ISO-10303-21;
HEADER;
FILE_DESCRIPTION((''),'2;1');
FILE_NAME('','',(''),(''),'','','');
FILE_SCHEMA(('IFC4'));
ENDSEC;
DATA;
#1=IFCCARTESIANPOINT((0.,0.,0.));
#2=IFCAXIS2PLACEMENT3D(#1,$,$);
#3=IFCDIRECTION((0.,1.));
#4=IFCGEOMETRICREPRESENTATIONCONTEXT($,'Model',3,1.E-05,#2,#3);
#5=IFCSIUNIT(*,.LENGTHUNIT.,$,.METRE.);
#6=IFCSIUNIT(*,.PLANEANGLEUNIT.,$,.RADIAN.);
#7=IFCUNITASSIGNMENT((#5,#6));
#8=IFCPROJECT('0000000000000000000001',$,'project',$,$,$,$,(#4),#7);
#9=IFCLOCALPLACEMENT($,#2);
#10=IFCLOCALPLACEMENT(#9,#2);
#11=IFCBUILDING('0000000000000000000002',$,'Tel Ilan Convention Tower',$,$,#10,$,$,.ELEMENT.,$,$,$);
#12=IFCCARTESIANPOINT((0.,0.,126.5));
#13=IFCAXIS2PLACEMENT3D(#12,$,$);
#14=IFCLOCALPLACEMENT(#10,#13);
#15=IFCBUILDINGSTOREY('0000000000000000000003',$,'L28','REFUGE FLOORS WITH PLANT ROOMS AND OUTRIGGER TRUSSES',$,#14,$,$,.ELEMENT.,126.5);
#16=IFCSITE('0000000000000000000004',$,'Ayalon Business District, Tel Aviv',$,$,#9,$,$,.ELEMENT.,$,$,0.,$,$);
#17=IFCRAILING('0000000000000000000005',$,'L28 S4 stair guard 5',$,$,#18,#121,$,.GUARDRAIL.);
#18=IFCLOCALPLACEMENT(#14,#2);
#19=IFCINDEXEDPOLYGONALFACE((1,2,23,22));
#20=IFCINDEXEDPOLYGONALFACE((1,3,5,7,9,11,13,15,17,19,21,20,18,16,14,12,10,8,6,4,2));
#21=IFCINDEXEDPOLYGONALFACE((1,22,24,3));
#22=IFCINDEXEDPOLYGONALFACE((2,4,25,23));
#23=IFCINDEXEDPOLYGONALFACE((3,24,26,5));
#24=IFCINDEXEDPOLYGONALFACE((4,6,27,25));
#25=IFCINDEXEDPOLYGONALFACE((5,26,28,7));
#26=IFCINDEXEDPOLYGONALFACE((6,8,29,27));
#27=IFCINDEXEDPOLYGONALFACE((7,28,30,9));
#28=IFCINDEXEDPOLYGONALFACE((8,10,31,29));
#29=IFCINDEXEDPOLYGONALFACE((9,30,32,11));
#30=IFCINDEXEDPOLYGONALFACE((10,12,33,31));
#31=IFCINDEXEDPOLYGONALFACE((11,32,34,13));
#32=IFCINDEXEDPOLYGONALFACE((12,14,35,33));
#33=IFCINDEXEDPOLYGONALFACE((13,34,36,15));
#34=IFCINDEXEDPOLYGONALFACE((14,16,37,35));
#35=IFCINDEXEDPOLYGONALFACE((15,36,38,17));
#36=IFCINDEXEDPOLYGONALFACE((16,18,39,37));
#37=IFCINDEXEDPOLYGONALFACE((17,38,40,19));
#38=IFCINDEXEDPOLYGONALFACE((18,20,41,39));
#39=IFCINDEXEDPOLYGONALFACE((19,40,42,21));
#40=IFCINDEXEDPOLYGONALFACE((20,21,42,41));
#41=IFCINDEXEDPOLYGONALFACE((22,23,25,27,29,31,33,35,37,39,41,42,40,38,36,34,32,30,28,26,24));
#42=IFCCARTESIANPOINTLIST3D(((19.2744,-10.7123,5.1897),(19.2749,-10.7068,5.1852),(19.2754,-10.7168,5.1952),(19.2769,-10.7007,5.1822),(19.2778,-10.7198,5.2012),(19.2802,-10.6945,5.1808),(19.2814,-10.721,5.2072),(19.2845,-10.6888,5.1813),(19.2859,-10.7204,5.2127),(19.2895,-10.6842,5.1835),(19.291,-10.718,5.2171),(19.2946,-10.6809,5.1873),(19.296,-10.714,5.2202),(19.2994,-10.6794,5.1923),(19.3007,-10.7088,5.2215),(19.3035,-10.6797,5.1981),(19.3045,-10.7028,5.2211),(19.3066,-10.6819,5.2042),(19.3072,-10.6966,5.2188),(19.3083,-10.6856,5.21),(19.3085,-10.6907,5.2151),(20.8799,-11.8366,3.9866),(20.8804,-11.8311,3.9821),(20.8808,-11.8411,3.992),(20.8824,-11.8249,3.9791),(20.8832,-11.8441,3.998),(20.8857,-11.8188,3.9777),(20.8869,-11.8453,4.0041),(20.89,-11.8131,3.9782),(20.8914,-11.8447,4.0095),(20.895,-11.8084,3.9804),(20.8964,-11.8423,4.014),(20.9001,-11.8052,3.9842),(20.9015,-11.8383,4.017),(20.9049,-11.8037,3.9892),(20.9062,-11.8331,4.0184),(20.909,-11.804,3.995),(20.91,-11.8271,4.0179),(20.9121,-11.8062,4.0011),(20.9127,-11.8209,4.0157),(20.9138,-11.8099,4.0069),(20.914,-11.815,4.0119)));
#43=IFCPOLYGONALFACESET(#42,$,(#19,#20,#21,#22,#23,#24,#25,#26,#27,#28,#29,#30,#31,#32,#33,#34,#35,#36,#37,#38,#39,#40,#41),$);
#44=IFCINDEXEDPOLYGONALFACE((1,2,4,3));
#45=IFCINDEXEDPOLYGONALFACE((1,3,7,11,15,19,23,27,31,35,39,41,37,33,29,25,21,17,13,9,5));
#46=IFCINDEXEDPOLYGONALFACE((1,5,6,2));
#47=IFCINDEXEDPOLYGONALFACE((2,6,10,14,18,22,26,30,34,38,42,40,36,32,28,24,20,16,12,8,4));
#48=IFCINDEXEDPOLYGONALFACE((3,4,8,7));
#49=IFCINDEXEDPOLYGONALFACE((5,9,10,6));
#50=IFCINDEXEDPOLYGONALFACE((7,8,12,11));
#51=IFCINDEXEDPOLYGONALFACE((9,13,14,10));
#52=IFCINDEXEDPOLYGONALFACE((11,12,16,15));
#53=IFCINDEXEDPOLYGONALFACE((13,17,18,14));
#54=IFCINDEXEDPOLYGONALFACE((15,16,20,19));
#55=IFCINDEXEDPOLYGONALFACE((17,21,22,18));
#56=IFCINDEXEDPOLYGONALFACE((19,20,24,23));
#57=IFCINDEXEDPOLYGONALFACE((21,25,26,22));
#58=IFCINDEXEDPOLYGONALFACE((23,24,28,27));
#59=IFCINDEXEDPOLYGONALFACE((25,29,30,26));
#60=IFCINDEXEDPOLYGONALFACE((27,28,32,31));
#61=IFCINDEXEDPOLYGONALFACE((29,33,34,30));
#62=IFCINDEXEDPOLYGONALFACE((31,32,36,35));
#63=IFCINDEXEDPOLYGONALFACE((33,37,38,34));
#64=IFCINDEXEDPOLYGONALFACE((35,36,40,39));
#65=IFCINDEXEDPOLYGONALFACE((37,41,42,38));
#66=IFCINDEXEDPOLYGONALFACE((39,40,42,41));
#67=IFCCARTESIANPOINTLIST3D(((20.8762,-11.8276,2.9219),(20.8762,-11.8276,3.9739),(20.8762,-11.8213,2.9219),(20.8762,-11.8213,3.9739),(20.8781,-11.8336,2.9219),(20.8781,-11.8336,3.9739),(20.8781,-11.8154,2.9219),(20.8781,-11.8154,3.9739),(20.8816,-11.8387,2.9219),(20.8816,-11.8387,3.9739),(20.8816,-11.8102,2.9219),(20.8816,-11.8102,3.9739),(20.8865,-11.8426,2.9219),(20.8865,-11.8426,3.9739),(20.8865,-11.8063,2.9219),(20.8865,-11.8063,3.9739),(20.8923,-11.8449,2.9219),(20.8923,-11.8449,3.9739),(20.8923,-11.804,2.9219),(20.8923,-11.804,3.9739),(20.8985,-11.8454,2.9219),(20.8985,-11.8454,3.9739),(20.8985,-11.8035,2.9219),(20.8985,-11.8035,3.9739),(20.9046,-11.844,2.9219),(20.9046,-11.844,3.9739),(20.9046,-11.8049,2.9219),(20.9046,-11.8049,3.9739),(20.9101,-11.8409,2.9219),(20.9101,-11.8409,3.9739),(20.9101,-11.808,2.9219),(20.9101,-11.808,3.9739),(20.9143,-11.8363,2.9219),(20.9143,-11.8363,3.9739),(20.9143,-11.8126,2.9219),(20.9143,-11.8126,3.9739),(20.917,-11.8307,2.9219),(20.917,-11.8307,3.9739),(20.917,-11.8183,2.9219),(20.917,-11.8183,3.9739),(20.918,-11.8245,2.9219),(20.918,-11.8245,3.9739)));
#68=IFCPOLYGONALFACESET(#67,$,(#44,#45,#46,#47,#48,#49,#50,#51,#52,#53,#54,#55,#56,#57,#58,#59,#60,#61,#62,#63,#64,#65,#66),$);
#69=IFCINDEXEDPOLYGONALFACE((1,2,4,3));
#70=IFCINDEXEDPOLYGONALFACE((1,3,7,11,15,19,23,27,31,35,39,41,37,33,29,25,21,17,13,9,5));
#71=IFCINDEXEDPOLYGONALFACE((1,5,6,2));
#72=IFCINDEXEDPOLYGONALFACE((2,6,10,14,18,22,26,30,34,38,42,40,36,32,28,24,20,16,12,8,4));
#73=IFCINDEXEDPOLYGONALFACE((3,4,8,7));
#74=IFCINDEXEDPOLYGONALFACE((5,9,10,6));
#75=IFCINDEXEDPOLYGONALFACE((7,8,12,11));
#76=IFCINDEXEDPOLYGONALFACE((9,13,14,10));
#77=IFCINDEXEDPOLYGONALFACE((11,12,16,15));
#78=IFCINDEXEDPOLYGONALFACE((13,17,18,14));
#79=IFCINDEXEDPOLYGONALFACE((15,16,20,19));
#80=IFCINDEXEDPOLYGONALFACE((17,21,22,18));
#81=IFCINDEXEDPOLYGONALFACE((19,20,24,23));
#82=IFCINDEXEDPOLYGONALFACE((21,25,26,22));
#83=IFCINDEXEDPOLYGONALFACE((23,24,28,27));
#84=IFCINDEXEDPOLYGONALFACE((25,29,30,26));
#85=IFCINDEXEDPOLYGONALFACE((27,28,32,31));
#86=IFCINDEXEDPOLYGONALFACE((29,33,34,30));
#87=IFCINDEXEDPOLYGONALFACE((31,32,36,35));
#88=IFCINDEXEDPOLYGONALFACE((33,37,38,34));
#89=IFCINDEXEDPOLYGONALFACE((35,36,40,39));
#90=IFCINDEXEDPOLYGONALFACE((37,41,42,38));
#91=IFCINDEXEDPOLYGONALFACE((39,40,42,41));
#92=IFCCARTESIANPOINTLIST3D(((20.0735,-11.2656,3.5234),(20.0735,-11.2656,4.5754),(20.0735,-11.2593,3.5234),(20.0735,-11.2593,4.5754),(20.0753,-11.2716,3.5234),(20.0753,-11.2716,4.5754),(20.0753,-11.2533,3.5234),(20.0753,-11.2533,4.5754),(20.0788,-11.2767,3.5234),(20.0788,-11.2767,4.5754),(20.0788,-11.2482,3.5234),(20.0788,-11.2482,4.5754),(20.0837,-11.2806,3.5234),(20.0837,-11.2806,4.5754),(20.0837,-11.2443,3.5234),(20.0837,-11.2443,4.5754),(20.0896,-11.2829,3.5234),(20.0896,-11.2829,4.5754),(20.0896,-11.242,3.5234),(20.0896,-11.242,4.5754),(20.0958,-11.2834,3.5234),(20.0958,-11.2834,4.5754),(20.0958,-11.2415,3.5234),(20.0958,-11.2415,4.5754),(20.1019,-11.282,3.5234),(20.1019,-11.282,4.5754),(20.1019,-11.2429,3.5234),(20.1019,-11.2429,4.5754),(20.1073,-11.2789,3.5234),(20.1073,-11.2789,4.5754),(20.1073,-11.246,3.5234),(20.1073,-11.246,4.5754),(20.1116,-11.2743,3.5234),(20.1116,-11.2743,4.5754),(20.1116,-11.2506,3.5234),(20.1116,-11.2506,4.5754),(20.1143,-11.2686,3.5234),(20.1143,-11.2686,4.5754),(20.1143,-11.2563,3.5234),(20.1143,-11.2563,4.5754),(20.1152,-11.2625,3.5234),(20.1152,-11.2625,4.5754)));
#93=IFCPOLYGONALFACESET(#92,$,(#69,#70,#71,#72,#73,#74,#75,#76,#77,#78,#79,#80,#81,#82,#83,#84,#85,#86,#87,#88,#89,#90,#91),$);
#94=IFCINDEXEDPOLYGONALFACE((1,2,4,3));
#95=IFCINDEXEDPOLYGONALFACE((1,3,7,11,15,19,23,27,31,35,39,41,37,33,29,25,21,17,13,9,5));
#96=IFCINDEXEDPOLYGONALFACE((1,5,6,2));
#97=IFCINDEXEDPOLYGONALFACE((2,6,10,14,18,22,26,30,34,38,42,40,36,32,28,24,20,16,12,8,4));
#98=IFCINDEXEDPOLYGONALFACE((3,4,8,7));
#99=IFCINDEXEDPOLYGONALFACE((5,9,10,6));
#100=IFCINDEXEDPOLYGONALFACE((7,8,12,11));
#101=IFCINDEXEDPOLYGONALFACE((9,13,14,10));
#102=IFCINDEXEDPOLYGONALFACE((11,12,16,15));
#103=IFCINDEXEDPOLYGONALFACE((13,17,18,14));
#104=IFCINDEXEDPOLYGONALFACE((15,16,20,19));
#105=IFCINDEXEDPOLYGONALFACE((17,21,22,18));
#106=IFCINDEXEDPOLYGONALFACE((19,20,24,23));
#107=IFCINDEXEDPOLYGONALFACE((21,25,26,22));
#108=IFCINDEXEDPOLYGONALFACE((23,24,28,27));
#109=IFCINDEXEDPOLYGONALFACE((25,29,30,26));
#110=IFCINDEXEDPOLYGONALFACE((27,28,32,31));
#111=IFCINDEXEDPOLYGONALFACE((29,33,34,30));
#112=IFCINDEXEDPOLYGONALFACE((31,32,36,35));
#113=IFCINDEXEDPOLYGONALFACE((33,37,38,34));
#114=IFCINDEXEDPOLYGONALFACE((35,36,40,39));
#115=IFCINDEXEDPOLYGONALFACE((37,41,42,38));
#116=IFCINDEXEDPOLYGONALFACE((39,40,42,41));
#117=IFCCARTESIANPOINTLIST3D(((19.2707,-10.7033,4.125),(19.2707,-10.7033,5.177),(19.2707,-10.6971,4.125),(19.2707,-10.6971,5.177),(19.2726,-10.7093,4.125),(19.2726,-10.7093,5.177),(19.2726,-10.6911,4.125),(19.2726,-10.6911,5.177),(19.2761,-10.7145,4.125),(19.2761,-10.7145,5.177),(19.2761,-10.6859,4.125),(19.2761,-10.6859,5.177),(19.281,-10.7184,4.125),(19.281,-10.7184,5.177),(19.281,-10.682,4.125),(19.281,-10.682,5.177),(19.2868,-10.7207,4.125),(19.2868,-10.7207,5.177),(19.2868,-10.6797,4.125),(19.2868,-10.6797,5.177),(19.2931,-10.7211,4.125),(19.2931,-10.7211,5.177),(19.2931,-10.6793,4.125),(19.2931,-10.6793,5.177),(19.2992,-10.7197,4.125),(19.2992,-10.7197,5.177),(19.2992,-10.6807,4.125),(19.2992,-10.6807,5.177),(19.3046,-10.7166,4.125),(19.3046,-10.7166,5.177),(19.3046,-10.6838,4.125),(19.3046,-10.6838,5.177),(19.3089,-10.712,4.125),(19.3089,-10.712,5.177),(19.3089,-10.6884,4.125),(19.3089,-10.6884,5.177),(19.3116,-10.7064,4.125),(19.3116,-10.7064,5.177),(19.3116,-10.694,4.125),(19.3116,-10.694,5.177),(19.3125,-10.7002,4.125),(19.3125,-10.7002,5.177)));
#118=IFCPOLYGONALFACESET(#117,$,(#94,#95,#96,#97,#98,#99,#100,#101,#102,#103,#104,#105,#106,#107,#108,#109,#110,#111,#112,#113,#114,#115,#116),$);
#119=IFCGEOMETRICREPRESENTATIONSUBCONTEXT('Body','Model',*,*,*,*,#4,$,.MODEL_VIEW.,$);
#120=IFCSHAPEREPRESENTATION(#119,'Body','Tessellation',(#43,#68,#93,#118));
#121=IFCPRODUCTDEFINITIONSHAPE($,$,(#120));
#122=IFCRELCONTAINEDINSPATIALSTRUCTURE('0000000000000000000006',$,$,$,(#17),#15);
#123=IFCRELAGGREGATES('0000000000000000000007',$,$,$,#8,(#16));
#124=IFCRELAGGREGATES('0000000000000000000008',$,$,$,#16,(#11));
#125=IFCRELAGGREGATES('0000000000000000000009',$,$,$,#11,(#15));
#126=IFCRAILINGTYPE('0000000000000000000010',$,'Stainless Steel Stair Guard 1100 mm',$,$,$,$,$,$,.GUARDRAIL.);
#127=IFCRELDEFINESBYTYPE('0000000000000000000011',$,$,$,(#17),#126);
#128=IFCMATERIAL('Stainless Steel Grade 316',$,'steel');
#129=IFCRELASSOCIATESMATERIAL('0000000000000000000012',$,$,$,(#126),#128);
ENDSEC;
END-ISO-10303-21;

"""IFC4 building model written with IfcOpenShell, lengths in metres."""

from ifc_helpers import new_model, si_unit, direction, frame, origin, origin_2d, place, context, subcontext, project, spatial, circle, extrude, material, type_object, element, save


model = new_model("IFC4")

# Units and contexts
model_context = context("Model", 3, precision=1e-05, world=origin(), true_north=direction((0.0, 1.0)))
body_context = subcontext(model_context, "Body", "Model", "MODEL_VIEW")
ifc_project = project(units=[si_unit("LENGTHUNIT", "METRE"), si_unit("PLANEANGLEUNIT", "RADIAN")], contexts=[model_context])

# Site, building, storey
site_placement = place(None, origin())
site = spatial("IfcSite", under=ifc_project, at=site_placement, Name="Ayalon Business District, Tel Aviv", CompositionType="ELEMENT", RefElevation=0.0)
building_placement = place(site_placement, origin())
building = spatial("IfcBuilding", under=site, at=building_placement, Name="Tel Ilan Convention Tower", CompositionType="ELEMENT")
storey_placement = place(building_placement, frame((0.0, 0.0, 126.5)))
storey = spatial("IfcBuildingStorey", under=building, at=storey_placement, Name="L28", Description="REFUGE FLOORS WITH PLANT ROOMS AND OUTRIGGER TRUSSES", CompositionType="ELEMENT", Elevation=126.5)

# Railing
ifc_material_1 = material(Name="Stainless Steel Grade 316", Category="steel")
railing_type_1 = type_object("IfcRailingType", Name="Stainless Steel Stair Guard 1100 mm", PredefinedType="GUARDRAIL", material=ifc_material_1)
railing_1_placement = place(storey_placement, frame((20.897, -11.8245, 2.9219)))
element("IfcRailing", 1, at=railing_1_placement, inside=storey, type_object=railing_type_1, Name="L28 S4 stair guard 5", PredefinedType="GUARDRAIL", context=body_context, shape_type="SweptSolid", body=[
    extrude(circle(Radius=0.0239, at=origin_2d()), frame((0.0, 0.0, 1.0762), z_axis=(-0.698095, 0.488857, 0.523146), x_axis=(-0.573613, -0.819127, 0.0)), (0.0, 0.0, 1.0), 2.2998),
    extrude(circle(Radius=0.021, at=origin_2d()), origin(), (0.0, 0.0, 1.0), 1.052),
    extrude(circle(Radius=0.021, at=origin_2d()), frame((-0.8027, 0.562, 0.6016)), (0.0, 0.0, 1.0), 1.052),
    extrude(circle(Radius=0.021, at=origin_2d()), frame((-1.6055, 1.1243, 1.2031)), (0.0, 0.0, 1.0), 1.052),
])

save(model, "model.ifc")
